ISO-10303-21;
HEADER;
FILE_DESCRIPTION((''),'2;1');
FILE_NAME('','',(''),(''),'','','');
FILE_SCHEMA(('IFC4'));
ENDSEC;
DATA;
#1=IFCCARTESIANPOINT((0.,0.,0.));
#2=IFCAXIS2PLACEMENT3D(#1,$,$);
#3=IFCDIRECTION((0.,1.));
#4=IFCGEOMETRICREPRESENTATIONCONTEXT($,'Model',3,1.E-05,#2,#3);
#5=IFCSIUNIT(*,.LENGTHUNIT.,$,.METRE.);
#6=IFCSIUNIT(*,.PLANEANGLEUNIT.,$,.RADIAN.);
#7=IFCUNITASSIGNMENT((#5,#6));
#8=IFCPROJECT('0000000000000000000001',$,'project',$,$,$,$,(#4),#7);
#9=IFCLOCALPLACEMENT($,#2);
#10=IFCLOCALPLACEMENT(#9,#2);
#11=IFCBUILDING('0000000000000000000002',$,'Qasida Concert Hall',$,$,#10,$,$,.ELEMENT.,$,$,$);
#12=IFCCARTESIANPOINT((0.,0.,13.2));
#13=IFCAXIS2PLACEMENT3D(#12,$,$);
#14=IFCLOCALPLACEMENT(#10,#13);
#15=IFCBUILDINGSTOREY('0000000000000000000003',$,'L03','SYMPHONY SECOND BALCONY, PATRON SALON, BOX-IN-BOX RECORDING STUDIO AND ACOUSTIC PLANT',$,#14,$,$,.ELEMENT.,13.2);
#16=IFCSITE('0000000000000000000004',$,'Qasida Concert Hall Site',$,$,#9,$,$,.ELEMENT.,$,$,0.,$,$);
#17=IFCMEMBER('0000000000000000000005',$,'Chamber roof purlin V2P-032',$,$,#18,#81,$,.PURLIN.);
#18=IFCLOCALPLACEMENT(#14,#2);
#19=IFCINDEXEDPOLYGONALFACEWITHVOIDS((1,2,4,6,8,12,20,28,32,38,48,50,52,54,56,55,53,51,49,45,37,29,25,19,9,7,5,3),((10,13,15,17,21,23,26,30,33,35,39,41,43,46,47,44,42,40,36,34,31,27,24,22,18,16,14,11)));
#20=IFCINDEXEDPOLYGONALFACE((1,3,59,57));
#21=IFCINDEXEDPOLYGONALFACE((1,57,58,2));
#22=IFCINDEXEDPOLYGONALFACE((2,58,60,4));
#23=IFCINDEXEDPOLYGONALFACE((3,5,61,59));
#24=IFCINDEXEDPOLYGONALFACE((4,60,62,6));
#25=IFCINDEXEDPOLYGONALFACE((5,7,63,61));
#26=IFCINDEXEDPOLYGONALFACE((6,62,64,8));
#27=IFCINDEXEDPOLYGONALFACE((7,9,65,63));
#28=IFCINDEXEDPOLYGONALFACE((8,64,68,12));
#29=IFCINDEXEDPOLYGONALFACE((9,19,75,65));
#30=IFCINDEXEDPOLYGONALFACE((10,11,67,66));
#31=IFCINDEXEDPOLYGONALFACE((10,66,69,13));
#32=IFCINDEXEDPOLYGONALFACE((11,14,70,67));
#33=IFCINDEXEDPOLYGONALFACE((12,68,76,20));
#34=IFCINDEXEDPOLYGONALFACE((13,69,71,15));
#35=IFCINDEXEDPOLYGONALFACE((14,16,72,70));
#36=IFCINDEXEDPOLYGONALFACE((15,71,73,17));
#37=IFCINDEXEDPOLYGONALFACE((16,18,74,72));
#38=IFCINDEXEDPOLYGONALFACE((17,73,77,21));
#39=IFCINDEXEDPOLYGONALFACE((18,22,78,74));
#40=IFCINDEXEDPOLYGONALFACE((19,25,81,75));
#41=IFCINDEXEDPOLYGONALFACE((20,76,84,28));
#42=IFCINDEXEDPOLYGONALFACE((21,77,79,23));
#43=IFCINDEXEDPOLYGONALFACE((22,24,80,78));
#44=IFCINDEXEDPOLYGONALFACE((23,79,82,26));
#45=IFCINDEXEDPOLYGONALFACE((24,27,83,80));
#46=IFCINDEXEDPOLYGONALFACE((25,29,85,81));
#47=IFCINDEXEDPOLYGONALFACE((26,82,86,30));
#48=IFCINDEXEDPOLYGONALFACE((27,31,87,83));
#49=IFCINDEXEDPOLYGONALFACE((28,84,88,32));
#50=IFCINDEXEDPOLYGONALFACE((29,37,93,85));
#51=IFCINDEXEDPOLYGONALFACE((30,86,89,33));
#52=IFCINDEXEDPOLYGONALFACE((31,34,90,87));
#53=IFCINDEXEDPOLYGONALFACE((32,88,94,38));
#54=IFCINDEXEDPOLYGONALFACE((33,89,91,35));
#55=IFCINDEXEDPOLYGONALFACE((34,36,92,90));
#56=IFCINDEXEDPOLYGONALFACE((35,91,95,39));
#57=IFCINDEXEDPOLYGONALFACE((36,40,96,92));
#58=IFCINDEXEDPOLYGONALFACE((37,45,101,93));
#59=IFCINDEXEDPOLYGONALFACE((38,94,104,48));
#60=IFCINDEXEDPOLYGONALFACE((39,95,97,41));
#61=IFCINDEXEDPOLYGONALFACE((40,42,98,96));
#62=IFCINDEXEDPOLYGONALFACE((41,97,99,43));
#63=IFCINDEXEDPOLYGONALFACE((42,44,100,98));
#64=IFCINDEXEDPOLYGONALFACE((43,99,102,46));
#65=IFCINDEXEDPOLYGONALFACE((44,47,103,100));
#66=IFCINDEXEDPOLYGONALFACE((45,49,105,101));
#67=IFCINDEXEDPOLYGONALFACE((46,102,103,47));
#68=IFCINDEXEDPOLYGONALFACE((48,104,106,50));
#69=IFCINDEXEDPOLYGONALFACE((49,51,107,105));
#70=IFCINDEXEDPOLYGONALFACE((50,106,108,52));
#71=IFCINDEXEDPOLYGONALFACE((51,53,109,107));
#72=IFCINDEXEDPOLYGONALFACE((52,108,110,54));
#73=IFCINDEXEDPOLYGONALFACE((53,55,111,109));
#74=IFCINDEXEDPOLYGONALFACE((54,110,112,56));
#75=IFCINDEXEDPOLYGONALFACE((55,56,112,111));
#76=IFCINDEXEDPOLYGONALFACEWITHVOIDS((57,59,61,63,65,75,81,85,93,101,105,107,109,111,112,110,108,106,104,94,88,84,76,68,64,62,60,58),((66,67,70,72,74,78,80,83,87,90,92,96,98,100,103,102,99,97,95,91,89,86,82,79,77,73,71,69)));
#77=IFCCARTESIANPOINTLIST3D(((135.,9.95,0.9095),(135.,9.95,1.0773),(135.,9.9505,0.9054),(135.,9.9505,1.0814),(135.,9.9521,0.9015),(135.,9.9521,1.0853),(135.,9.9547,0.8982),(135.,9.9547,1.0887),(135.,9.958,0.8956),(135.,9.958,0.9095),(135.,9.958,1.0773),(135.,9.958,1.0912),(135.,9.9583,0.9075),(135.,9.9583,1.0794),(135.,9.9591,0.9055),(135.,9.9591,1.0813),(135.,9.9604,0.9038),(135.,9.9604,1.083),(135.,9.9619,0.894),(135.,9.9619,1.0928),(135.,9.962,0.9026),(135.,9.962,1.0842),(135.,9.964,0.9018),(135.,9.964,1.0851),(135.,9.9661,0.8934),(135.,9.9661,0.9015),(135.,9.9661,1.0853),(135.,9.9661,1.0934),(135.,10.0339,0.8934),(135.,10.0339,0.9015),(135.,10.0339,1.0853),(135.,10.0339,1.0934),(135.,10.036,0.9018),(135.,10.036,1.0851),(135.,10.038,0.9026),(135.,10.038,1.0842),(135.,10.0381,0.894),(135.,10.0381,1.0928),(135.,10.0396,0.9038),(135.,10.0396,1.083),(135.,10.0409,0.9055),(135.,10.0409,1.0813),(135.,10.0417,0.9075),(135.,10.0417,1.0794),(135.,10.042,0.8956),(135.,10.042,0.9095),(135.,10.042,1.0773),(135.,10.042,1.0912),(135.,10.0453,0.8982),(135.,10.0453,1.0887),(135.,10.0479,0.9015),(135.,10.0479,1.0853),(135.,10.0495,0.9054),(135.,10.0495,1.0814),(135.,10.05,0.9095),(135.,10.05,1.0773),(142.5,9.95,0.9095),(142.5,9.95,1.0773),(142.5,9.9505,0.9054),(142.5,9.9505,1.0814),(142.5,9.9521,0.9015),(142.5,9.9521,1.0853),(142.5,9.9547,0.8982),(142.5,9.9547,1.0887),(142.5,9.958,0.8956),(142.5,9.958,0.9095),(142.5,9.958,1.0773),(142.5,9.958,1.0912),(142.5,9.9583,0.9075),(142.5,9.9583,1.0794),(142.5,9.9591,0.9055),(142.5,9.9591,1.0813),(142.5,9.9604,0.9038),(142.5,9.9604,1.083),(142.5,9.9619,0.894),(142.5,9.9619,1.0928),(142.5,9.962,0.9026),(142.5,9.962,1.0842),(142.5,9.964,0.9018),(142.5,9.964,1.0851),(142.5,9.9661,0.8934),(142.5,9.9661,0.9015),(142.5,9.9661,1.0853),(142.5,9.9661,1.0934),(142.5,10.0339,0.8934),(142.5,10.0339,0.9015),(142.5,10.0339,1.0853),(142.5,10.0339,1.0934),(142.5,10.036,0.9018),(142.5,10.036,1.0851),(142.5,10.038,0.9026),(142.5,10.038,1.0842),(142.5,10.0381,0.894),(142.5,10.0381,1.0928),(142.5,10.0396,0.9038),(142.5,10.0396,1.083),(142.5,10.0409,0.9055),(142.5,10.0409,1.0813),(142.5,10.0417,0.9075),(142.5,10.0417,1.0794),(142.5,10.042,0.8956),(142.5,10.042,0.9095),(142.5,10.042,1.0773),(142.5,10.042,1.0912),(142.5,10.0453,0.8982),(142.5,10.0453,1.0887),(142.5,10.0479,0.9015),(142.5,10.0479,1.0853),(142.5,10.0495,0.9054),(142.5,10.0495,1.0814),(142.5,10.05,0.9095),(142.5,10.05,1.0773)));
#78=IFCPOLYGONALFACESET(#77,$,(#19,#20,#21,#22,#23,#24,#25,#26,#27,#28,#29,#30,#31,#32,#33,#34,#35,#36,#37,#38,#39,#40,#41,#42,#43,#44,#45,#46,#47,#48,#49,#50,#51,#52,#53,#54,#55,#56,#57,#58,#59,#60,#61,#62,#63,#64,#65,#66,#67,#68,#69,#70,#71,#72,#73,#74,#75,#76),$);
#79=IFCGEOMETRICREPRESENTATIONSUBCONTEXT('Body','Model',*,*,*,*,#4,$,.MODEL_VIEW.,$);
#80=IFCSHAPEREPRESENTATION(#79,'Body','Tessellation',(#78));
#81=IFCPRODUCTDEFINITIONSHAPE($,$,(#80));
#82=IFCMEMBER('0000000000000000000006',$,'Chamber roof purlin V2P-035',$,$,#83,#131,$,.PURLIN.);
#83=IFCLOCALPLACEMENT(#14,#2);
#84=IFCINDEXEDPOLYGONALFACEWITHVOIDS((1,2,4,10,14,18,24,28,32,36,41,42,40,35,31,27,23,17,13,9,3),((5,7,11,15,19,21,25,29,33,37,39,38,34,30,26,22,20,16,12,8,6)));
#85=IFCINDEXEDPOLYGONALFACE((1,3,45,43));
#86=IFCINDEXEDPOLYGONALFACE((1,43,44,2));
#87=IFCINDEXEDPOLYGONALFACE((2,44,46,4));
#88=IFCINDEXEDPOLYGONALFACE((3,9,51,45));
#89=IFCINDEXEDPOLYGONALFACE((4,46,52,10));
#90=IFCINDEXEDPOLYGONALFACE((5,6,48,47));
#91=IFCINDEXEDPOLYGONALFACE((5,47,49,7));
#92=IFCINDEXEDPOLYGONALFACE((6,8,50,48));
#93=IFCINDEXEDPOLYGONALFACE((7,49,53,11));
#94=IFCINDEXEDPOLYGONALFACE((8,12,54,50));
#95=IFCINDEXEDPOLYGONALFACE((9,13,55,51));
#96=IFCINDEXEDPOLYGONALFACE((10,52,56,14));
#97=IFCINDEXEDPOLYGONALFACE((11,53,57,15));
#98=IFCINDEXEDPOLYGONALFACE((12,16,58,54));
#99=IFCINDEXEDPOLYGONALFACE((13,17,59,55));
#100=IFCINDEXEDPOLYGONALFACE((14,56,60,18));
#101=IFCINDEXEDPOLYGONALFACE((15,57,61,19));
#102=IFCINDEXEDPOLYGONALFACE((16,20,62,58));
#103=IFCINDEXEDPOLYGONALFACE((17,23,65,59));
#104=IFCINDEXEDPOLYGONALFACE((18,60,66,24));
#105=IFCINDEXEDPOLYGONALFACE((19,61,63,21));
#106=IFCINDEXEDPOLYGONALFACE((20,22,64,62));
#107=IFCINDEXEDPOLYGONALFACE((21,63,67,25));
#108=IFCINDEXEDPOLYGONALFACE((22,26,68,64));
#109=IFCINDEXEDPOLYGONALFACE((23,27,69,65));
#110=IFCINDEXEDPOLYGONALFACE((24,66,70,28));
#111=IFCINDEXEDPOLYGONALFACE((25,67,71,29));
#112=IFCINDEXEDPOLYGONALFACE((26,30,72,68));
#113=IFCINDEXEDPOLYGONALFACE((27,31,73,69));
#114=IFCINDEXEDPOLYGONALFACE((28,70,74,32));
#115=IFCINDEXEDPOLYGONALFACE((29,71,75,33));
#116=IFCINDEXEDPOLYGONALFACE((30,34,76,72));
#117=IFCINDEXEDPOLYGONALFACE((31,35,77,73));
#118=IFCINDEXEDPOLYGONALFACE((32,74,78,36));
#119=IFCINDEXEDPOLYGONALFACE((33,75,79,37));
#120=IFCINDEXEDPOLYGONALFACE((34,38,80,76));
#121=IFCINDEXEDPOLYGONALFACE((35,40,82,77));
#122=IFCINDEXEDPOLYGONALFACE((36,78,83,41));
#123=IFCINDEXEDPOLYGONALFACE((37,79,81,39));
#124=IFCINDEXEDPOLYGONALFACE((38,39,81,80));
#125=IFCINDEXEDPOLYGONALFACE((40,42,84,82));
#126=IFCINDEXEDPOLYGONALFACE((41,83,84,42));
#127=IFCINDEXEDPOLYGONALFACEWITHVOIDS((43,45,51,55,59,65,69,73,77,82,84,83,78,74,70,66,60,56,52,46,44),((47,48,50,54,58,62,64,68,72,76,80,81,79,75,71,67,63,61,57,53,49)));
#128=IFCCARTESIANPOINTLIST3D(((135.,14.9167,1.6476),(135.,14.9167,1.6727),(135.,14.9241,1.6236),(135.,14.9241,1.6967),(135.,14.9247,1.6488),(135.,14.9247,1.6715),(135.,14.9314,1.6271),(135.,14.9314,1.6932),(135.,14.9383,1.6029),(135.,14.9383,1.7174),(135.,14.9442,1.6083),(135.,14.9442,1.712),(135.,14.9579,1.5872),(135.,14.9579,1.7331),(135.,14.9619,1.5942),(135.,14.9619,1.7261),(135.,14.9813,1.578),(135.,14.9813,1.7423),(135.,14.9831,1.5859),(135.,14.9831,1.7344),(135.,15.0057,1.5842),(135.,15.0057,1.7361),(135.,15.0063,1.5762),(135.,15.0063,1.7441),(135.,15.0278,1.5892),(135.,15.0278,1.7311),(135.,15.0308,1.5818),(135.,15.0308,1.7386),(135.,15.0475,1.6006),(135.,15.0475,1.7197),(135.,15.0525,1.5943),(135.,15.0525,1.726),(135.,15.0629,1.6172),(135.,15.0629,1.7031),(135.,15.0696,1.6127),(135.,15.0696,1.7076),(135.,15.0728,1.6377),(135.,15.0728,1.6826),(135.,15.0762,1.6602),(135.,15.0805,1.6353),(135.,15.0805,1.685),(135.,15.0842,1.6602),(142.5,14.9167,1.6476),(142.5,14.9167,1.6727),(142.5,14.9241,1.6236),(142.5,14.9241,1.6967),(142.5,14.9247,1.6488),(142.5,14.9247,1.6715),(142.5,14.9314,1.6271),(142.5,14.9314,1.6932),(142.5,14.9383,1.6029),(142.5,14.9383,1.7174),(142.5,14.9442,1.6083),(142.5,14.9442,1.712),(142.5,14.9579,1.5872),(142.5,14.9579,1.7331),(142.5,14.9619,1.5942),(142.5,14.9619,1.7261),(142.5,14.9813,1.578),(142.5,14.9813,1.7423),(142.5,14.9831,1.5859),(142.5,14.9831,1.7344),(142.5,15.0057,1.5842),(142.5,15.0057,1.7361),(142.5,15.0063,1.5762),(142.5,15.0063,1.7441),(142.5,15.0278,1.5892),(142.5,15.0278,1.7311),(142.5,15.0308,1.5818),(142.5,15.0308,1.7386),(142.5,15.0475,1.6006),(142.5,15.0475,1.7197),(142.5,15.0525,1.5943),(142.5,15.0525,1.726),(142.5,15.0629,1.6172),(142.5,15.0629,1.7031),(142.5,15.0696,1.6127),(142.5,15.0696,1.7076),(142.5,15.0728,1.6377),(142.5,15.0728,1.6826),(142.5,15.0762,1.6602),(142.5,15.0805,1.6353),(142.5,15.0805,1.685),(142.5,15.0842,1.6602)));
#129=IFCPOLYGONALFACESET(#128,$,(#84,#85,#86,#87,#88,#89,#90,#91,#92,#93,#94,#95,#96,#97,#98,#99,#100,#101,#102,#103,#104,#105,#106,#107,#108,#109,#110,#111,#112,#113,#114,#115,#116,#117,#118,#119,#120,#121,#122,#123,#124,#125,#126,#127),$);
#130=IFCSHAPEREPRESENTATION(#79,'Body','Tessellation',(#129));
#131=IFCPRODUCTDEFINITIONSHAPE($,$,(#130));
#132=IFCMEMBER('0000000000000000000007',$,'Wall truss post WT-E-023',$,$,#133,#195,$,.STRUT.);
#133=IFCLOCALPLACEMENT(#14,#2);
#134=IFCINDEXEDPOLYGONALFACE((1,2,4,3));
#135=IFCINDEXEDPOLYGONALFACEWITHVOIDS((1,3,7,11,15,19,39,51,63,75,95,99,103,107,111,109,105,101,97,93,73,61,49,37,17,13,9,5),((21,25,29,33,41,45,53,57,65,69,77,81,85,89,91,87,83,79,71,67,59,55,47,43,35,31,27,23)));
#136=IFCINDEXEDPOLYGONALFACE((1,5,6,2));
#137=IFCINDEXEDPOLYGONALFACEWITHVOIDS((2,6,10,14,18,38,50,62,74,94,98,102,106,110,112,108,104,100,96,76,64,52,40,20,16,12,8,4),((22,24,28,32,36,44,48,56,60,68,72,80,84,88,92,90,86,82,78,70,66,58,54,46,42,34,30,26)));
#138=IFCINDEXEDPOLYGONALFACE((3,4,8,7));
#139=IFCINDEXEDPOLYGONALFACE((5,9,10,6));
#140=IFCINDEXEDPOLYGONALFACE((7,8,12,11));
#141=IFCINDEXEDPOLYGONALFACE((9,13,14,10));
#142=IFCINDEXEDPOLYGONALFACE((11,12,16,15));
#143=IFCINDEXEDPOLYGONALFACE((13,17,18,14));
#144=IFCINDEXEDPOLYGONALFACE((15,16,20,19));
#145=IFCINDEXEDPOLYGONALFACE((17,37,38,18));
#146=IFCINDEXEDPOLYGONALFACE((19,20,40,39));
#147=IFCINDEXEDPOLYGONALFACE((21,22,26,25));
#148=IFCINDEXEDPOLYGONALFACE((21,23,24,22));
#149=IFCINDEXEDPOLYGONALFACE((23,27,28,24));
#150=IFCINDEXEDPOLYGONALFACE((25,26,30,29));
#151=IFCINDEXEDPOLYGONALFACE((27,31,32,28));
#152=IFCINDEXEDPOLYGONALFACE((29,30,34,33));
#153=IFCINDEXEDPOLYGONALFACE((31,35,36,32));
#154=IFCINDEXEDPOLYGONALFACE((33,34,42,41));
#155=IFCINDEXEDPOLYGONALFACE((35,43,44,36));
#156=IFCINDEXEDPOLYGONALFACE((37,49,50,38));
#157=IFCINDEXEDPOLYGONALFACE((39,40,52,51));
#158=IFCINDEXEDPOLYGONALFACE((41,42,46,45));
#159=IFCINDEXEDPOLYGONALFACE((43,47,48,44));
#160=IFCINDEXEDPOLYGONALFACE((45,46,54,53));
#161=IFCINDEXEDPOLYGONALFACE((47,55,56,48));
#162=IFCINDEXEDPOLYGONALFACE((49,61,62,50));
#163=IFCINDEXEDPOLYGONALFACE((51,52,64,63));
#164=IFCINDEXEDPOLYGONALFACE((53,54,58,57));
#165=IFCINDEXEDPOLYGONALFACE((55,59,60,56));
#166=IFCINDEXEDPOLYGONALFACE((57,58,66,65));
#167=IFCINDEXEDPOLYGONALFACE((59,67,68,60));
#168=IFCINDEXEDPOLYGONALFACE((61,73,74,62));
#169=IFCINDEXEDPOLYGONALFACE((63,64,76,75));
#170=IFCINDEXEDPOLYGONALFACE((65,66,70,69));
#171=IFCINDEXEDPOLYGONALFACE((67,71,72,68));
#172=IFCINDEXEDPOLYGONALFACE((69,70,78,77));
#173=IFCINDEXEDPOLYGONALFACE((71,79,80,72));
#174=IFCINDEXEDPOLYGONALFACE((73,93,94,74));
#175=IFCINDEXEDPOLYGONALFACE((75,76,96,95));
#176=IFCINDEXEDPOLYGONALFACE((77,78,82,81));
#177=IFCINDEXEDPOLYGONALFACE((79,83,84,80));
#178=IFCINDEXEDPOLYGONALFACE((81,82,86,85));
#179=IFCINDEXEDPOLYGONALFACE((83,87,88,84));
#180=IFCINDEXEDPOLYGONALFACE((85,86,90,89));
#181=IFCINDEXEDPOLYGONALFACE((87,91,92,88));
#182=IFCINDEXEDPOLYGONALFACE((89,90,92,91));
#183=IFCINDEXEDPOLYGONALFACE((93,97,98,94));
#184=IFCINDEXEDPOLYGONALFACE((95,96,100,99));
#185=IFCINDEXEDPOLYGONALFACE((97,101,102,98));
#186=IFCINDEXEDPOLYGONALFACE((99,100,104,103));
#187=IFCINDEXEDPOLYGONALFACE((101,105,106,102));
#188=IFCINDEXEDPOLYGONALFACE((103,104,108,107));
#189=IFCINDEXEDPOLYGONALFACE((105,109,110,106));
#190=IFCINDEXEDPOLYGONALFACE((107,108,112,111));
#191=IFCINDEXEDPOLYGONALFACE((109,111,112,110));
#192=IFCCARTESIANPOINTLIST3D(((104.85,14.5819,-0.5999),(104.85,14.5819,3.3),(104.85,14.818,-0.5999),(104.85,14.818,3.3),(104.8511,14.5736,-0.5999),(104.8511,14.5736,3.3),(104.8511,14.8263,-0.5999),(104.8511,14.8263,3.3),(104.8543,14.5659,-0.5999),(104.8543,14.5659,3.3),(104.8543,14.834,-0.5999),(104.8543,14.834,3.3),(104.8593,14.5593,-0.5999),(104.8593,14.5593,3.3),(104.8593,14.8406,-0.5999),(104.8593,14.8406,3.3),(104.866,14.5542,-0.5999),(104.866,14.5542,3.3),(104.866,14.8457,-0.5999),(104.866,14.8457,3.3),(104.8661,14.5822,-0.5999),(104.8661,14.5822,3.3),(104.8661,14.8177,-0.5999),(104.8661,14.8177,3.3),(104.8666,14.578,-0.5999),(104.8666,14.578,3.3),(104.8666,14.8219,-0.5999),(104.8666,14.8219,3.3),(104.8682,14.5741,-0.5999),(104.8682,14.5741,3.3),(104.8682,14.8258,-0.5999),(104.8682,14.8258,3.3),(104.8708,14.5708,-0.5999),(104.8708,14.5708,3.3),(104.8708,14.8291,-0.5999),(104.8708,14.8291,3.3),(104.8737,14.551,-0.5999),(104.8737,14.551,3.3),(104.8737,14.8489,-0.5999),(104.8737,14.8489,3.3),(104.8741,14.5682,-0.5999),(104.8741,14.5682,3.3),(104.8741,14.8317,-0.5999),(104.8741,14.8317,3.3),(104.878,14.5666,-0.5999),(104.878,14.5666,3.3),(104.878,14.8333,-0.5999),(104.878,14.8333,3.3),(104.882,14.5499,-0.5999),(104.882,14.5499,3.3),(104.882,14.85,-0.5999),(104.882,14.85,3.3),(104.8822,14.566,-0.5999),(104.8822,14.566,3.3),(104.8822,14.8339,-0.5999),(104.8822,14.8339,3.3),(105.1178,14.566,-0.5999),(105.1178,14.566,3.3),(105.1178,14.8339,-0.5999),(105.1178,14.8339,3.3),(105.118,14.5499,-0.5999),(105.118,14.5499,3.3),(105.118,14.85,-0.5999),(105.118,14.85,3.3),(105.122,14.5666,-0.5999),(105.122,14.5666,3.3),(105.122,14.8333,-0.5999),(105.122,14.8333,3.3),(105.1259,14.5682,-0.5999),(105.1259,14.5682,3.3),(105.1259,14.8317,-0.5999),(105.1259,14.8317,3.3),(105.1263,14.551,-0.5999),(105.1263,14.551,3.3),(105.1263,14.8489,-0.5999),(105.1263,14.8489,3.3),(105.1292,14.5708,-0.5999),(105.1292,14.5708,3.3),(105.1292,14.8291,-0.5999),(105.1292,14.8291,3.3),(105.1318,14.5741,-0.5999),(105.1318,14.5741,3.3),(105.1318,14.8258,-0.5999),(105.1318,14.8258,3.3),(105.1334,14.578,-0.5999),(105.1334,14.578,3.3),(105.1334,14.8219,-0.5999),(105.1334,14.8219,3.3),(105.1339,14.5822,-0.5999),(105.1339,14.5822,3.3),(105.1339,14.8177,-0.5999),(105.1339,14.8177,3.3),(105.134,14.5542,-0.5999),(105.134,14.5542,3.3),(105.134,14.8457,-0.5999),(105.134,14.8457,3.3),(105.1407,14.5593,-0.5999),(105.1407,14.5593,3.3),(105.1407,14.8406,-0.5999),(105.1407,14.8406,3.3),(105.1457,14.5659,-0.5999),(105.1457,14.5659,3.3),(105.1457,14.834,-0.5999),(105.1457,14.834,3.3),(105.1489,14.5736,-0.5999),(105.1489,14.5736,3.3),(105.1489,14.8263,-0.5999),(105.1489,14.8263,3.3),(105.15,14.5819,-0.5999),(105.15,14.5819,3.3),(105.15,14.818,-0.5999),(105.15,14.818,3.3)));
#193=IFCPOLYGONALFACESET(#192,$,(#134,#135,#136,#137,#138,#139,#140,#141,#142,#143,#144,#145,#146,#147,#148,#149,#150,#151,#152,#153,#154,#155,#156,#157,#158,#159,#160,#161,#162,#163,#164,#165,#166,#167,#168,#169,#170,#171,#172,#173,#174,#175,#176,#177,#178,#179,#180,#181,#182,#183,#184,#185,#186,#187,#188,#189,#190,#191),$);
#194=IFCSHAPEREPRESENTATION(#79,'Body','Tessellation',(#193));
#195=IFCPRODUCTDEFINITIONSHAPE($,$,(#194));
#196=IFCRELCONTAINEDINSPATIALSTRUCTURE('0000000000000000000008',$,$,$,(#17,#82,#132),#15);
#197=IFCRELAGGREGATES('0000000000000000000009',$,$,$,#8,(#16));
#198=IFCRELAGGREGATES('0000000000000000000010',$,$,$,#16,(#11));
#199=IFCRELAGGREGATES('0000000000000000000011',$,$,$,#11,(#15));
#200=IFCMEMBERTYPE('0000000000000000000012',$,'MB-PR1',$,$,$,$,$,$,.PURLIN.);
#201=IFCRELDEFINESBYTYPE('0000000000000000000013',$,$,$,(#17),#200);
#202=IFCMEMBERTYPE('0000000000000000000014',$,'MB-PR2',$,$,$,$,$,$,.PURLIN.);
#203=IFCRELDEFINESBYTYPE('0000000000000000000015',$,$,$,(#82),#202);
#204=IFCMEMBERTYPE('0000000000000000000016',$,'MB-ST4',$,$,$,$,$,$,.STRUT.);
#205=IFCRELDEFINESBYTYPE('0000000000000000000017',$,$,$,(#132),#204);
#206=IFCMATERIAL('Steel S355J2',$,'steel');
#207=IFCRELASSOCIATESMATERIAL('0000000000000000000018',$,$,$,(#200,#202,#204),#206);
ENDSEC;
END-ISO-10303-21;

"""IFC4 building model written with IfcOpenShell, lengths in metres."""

from ifc_helpers import new_model, si_unit, direction, frame, origin, origin_2d, place, context, subcontext, project, spatial, hollow_rectangle, hollow_circle, extrude, material, material_profile, profile_set, type_object, element, save


model = new_model("IFC4")

# Units and contexts
model_context = context("Model", 3, precision=1e-05, world=origin(), true_north=direction((0.0, 1.0)))
body_context = subcontext(model_context, "Body", "Model", "MODEL_VIEW")
ifc_project = project(units=[si_unit("LENGTHUNIT", "METRE"), si_unit("PLANEANGLEUNIT", "RADIAN")], contexts=[model_context])

# Site, building, storey
site_placement = place(None, origin())
site = spatial("IfcSite", under=ifc_project, at=site_placement, Name="Qasida Concert Hall Site", CompositionType="ELEMENT", RefElevation=0.0)
building_placement = place(site_placement, origin())
building = spatial("IfcBuilding", under=site, at=building_placement, Name="Qasida Concert Hall", CompositionType="ELEMENT")
storey_placement = place(building_placement, frame((0.0, 0.0, 13.2)))
storey = spatial("IfcBuildingStorey", under=building, at=storey_placement, Name="L03", Description="SYMPHONY SECOND BALCONY, PATRON SALON, BOX-IN-BOX RECORDING STUDIO AND ACOUSTIC PLANT", CompositionType="ELEMENT", Elevation=13.2)

# Shared definitions
ifc_material_1 = material(Name="Steel S355J2", Category="steel")

# Members
ifc_material_profile_1 = material_profile(ifc_material_1, hollow_rectangle(XDim=0.1001, YDim=0.2, WallThickness=0.0081, InnerFilletRadius=0.0081, OuterFilletRadius=0.0161, at=origin_2d()), Name="RHS 200x100x8")
ifc_profile_set_1 = profile_set([ifc_material_profile_1], Name="Steel S355J2")
member_type_1 = type_object("IfcMemberType", Name="MB-PR1", PredefinedType="PURLIN", material=ifc_profile_set_1)
for number, where, z_axis, x_axis, name in (
    (1, (135.0, 10.0, 0.9934), (1.0, 0.0, 0.0), (0.0, 1.0, 0.0), "Chamber roof purlin V2P-032"),
):
    element("IfcMember", number, at=place(storey_placement, frame(where, z_axis=z_axis, x_axis=x_axis)), inside=storey, type_object=member_type_1, Name=name, PredefinedType="PURLIN", context=body_context, shape_type="SweptSolid", body=[
        extrude(hollow_rectangle(XDim=0.1001, YDim=0.2, WallThickness=0.0081, InnerFilletRadius=0.0081, OuterFilletRadius=0.0161, at=origin_2d()), origin(), (0.0, 0.0, 1.0), 7.5),
    ])
ifc_material_profile_2 = material_profile(ifc_material_1, hollow_circle(Radius=0.0842, WallThickness=0.0081, at=origin_2d()), Name="CHS 168.3x8")
ifc_profile_set_2 = profile_set([ifc_material_profile_2], Name="Steel S355J2")
member_type_2 = type_object("IfcMemberType", Name="MB-PR2", PredefinedType="PURLIN", material=ifc_profile_set_2)
member_1_placement = place(storey_placement, frame((135.0, 15.0, 1.6602), z_axis=(1.0, 0.0, 0.0), x_axis=(0.0, 1.0, 0.0)))
element("IfcMember", 2, at=member_1_placement, inside=storey, type_object=member_type_2, Name="Chamber roof purlin V2P-035", PredefinedType="PURLIN", context=body_context, shape_type="SweptSolid", body=[
    extrude(hollow_circle(Radius=0.0842, WallThickness=0.0081, at=origin_2d()), origin(), (0.0, 0.0, 1.0), 7.5),
])
ifc_material_profile_3 = material_profile(ifc_material_1, hollow_rectangle(XDim=0.3, YDim=0.3, WallThickness=0.0161, InnerFilletRadius=0.0161, OuterFilletRadius=0.032, at=origin_2d()), Name="SHS 300x300x16")
ifc_profile_set_3 = profile_set([ifc_material_profile_3], Name="Steel S355J2")
member_type_3 = type_object("IfcMemberType", Name="MB-ST4", PredefinedType="STRUT", material=ifc_profile_set_3)
member_2_placement = place(storey_placement, frame((105.0, 14.7, -0.5999), z_axis=(0.0, 0.0, 1.0), x_axis=(1.0, 0.0, 0.0)))
element("IfcMember", 3, at=member_2_placement, inside=storey, type_object=member_type_3, Name="Wall truss post WT-E-023", PredefinedType="STRUT", context=body_context, shape_type="SweptSolid", body=[
    extrude(hollow_rectangle(XDim=0.3, YDim=0.3, WallThickness=0.0161, InnerFilletRadius=0.0161, OuterFilletRadius=0.032, at=origin_2d()), origin(), (0.0, 0.0, 1.0), 3.8999),
])

save(model, "model.ifc")
